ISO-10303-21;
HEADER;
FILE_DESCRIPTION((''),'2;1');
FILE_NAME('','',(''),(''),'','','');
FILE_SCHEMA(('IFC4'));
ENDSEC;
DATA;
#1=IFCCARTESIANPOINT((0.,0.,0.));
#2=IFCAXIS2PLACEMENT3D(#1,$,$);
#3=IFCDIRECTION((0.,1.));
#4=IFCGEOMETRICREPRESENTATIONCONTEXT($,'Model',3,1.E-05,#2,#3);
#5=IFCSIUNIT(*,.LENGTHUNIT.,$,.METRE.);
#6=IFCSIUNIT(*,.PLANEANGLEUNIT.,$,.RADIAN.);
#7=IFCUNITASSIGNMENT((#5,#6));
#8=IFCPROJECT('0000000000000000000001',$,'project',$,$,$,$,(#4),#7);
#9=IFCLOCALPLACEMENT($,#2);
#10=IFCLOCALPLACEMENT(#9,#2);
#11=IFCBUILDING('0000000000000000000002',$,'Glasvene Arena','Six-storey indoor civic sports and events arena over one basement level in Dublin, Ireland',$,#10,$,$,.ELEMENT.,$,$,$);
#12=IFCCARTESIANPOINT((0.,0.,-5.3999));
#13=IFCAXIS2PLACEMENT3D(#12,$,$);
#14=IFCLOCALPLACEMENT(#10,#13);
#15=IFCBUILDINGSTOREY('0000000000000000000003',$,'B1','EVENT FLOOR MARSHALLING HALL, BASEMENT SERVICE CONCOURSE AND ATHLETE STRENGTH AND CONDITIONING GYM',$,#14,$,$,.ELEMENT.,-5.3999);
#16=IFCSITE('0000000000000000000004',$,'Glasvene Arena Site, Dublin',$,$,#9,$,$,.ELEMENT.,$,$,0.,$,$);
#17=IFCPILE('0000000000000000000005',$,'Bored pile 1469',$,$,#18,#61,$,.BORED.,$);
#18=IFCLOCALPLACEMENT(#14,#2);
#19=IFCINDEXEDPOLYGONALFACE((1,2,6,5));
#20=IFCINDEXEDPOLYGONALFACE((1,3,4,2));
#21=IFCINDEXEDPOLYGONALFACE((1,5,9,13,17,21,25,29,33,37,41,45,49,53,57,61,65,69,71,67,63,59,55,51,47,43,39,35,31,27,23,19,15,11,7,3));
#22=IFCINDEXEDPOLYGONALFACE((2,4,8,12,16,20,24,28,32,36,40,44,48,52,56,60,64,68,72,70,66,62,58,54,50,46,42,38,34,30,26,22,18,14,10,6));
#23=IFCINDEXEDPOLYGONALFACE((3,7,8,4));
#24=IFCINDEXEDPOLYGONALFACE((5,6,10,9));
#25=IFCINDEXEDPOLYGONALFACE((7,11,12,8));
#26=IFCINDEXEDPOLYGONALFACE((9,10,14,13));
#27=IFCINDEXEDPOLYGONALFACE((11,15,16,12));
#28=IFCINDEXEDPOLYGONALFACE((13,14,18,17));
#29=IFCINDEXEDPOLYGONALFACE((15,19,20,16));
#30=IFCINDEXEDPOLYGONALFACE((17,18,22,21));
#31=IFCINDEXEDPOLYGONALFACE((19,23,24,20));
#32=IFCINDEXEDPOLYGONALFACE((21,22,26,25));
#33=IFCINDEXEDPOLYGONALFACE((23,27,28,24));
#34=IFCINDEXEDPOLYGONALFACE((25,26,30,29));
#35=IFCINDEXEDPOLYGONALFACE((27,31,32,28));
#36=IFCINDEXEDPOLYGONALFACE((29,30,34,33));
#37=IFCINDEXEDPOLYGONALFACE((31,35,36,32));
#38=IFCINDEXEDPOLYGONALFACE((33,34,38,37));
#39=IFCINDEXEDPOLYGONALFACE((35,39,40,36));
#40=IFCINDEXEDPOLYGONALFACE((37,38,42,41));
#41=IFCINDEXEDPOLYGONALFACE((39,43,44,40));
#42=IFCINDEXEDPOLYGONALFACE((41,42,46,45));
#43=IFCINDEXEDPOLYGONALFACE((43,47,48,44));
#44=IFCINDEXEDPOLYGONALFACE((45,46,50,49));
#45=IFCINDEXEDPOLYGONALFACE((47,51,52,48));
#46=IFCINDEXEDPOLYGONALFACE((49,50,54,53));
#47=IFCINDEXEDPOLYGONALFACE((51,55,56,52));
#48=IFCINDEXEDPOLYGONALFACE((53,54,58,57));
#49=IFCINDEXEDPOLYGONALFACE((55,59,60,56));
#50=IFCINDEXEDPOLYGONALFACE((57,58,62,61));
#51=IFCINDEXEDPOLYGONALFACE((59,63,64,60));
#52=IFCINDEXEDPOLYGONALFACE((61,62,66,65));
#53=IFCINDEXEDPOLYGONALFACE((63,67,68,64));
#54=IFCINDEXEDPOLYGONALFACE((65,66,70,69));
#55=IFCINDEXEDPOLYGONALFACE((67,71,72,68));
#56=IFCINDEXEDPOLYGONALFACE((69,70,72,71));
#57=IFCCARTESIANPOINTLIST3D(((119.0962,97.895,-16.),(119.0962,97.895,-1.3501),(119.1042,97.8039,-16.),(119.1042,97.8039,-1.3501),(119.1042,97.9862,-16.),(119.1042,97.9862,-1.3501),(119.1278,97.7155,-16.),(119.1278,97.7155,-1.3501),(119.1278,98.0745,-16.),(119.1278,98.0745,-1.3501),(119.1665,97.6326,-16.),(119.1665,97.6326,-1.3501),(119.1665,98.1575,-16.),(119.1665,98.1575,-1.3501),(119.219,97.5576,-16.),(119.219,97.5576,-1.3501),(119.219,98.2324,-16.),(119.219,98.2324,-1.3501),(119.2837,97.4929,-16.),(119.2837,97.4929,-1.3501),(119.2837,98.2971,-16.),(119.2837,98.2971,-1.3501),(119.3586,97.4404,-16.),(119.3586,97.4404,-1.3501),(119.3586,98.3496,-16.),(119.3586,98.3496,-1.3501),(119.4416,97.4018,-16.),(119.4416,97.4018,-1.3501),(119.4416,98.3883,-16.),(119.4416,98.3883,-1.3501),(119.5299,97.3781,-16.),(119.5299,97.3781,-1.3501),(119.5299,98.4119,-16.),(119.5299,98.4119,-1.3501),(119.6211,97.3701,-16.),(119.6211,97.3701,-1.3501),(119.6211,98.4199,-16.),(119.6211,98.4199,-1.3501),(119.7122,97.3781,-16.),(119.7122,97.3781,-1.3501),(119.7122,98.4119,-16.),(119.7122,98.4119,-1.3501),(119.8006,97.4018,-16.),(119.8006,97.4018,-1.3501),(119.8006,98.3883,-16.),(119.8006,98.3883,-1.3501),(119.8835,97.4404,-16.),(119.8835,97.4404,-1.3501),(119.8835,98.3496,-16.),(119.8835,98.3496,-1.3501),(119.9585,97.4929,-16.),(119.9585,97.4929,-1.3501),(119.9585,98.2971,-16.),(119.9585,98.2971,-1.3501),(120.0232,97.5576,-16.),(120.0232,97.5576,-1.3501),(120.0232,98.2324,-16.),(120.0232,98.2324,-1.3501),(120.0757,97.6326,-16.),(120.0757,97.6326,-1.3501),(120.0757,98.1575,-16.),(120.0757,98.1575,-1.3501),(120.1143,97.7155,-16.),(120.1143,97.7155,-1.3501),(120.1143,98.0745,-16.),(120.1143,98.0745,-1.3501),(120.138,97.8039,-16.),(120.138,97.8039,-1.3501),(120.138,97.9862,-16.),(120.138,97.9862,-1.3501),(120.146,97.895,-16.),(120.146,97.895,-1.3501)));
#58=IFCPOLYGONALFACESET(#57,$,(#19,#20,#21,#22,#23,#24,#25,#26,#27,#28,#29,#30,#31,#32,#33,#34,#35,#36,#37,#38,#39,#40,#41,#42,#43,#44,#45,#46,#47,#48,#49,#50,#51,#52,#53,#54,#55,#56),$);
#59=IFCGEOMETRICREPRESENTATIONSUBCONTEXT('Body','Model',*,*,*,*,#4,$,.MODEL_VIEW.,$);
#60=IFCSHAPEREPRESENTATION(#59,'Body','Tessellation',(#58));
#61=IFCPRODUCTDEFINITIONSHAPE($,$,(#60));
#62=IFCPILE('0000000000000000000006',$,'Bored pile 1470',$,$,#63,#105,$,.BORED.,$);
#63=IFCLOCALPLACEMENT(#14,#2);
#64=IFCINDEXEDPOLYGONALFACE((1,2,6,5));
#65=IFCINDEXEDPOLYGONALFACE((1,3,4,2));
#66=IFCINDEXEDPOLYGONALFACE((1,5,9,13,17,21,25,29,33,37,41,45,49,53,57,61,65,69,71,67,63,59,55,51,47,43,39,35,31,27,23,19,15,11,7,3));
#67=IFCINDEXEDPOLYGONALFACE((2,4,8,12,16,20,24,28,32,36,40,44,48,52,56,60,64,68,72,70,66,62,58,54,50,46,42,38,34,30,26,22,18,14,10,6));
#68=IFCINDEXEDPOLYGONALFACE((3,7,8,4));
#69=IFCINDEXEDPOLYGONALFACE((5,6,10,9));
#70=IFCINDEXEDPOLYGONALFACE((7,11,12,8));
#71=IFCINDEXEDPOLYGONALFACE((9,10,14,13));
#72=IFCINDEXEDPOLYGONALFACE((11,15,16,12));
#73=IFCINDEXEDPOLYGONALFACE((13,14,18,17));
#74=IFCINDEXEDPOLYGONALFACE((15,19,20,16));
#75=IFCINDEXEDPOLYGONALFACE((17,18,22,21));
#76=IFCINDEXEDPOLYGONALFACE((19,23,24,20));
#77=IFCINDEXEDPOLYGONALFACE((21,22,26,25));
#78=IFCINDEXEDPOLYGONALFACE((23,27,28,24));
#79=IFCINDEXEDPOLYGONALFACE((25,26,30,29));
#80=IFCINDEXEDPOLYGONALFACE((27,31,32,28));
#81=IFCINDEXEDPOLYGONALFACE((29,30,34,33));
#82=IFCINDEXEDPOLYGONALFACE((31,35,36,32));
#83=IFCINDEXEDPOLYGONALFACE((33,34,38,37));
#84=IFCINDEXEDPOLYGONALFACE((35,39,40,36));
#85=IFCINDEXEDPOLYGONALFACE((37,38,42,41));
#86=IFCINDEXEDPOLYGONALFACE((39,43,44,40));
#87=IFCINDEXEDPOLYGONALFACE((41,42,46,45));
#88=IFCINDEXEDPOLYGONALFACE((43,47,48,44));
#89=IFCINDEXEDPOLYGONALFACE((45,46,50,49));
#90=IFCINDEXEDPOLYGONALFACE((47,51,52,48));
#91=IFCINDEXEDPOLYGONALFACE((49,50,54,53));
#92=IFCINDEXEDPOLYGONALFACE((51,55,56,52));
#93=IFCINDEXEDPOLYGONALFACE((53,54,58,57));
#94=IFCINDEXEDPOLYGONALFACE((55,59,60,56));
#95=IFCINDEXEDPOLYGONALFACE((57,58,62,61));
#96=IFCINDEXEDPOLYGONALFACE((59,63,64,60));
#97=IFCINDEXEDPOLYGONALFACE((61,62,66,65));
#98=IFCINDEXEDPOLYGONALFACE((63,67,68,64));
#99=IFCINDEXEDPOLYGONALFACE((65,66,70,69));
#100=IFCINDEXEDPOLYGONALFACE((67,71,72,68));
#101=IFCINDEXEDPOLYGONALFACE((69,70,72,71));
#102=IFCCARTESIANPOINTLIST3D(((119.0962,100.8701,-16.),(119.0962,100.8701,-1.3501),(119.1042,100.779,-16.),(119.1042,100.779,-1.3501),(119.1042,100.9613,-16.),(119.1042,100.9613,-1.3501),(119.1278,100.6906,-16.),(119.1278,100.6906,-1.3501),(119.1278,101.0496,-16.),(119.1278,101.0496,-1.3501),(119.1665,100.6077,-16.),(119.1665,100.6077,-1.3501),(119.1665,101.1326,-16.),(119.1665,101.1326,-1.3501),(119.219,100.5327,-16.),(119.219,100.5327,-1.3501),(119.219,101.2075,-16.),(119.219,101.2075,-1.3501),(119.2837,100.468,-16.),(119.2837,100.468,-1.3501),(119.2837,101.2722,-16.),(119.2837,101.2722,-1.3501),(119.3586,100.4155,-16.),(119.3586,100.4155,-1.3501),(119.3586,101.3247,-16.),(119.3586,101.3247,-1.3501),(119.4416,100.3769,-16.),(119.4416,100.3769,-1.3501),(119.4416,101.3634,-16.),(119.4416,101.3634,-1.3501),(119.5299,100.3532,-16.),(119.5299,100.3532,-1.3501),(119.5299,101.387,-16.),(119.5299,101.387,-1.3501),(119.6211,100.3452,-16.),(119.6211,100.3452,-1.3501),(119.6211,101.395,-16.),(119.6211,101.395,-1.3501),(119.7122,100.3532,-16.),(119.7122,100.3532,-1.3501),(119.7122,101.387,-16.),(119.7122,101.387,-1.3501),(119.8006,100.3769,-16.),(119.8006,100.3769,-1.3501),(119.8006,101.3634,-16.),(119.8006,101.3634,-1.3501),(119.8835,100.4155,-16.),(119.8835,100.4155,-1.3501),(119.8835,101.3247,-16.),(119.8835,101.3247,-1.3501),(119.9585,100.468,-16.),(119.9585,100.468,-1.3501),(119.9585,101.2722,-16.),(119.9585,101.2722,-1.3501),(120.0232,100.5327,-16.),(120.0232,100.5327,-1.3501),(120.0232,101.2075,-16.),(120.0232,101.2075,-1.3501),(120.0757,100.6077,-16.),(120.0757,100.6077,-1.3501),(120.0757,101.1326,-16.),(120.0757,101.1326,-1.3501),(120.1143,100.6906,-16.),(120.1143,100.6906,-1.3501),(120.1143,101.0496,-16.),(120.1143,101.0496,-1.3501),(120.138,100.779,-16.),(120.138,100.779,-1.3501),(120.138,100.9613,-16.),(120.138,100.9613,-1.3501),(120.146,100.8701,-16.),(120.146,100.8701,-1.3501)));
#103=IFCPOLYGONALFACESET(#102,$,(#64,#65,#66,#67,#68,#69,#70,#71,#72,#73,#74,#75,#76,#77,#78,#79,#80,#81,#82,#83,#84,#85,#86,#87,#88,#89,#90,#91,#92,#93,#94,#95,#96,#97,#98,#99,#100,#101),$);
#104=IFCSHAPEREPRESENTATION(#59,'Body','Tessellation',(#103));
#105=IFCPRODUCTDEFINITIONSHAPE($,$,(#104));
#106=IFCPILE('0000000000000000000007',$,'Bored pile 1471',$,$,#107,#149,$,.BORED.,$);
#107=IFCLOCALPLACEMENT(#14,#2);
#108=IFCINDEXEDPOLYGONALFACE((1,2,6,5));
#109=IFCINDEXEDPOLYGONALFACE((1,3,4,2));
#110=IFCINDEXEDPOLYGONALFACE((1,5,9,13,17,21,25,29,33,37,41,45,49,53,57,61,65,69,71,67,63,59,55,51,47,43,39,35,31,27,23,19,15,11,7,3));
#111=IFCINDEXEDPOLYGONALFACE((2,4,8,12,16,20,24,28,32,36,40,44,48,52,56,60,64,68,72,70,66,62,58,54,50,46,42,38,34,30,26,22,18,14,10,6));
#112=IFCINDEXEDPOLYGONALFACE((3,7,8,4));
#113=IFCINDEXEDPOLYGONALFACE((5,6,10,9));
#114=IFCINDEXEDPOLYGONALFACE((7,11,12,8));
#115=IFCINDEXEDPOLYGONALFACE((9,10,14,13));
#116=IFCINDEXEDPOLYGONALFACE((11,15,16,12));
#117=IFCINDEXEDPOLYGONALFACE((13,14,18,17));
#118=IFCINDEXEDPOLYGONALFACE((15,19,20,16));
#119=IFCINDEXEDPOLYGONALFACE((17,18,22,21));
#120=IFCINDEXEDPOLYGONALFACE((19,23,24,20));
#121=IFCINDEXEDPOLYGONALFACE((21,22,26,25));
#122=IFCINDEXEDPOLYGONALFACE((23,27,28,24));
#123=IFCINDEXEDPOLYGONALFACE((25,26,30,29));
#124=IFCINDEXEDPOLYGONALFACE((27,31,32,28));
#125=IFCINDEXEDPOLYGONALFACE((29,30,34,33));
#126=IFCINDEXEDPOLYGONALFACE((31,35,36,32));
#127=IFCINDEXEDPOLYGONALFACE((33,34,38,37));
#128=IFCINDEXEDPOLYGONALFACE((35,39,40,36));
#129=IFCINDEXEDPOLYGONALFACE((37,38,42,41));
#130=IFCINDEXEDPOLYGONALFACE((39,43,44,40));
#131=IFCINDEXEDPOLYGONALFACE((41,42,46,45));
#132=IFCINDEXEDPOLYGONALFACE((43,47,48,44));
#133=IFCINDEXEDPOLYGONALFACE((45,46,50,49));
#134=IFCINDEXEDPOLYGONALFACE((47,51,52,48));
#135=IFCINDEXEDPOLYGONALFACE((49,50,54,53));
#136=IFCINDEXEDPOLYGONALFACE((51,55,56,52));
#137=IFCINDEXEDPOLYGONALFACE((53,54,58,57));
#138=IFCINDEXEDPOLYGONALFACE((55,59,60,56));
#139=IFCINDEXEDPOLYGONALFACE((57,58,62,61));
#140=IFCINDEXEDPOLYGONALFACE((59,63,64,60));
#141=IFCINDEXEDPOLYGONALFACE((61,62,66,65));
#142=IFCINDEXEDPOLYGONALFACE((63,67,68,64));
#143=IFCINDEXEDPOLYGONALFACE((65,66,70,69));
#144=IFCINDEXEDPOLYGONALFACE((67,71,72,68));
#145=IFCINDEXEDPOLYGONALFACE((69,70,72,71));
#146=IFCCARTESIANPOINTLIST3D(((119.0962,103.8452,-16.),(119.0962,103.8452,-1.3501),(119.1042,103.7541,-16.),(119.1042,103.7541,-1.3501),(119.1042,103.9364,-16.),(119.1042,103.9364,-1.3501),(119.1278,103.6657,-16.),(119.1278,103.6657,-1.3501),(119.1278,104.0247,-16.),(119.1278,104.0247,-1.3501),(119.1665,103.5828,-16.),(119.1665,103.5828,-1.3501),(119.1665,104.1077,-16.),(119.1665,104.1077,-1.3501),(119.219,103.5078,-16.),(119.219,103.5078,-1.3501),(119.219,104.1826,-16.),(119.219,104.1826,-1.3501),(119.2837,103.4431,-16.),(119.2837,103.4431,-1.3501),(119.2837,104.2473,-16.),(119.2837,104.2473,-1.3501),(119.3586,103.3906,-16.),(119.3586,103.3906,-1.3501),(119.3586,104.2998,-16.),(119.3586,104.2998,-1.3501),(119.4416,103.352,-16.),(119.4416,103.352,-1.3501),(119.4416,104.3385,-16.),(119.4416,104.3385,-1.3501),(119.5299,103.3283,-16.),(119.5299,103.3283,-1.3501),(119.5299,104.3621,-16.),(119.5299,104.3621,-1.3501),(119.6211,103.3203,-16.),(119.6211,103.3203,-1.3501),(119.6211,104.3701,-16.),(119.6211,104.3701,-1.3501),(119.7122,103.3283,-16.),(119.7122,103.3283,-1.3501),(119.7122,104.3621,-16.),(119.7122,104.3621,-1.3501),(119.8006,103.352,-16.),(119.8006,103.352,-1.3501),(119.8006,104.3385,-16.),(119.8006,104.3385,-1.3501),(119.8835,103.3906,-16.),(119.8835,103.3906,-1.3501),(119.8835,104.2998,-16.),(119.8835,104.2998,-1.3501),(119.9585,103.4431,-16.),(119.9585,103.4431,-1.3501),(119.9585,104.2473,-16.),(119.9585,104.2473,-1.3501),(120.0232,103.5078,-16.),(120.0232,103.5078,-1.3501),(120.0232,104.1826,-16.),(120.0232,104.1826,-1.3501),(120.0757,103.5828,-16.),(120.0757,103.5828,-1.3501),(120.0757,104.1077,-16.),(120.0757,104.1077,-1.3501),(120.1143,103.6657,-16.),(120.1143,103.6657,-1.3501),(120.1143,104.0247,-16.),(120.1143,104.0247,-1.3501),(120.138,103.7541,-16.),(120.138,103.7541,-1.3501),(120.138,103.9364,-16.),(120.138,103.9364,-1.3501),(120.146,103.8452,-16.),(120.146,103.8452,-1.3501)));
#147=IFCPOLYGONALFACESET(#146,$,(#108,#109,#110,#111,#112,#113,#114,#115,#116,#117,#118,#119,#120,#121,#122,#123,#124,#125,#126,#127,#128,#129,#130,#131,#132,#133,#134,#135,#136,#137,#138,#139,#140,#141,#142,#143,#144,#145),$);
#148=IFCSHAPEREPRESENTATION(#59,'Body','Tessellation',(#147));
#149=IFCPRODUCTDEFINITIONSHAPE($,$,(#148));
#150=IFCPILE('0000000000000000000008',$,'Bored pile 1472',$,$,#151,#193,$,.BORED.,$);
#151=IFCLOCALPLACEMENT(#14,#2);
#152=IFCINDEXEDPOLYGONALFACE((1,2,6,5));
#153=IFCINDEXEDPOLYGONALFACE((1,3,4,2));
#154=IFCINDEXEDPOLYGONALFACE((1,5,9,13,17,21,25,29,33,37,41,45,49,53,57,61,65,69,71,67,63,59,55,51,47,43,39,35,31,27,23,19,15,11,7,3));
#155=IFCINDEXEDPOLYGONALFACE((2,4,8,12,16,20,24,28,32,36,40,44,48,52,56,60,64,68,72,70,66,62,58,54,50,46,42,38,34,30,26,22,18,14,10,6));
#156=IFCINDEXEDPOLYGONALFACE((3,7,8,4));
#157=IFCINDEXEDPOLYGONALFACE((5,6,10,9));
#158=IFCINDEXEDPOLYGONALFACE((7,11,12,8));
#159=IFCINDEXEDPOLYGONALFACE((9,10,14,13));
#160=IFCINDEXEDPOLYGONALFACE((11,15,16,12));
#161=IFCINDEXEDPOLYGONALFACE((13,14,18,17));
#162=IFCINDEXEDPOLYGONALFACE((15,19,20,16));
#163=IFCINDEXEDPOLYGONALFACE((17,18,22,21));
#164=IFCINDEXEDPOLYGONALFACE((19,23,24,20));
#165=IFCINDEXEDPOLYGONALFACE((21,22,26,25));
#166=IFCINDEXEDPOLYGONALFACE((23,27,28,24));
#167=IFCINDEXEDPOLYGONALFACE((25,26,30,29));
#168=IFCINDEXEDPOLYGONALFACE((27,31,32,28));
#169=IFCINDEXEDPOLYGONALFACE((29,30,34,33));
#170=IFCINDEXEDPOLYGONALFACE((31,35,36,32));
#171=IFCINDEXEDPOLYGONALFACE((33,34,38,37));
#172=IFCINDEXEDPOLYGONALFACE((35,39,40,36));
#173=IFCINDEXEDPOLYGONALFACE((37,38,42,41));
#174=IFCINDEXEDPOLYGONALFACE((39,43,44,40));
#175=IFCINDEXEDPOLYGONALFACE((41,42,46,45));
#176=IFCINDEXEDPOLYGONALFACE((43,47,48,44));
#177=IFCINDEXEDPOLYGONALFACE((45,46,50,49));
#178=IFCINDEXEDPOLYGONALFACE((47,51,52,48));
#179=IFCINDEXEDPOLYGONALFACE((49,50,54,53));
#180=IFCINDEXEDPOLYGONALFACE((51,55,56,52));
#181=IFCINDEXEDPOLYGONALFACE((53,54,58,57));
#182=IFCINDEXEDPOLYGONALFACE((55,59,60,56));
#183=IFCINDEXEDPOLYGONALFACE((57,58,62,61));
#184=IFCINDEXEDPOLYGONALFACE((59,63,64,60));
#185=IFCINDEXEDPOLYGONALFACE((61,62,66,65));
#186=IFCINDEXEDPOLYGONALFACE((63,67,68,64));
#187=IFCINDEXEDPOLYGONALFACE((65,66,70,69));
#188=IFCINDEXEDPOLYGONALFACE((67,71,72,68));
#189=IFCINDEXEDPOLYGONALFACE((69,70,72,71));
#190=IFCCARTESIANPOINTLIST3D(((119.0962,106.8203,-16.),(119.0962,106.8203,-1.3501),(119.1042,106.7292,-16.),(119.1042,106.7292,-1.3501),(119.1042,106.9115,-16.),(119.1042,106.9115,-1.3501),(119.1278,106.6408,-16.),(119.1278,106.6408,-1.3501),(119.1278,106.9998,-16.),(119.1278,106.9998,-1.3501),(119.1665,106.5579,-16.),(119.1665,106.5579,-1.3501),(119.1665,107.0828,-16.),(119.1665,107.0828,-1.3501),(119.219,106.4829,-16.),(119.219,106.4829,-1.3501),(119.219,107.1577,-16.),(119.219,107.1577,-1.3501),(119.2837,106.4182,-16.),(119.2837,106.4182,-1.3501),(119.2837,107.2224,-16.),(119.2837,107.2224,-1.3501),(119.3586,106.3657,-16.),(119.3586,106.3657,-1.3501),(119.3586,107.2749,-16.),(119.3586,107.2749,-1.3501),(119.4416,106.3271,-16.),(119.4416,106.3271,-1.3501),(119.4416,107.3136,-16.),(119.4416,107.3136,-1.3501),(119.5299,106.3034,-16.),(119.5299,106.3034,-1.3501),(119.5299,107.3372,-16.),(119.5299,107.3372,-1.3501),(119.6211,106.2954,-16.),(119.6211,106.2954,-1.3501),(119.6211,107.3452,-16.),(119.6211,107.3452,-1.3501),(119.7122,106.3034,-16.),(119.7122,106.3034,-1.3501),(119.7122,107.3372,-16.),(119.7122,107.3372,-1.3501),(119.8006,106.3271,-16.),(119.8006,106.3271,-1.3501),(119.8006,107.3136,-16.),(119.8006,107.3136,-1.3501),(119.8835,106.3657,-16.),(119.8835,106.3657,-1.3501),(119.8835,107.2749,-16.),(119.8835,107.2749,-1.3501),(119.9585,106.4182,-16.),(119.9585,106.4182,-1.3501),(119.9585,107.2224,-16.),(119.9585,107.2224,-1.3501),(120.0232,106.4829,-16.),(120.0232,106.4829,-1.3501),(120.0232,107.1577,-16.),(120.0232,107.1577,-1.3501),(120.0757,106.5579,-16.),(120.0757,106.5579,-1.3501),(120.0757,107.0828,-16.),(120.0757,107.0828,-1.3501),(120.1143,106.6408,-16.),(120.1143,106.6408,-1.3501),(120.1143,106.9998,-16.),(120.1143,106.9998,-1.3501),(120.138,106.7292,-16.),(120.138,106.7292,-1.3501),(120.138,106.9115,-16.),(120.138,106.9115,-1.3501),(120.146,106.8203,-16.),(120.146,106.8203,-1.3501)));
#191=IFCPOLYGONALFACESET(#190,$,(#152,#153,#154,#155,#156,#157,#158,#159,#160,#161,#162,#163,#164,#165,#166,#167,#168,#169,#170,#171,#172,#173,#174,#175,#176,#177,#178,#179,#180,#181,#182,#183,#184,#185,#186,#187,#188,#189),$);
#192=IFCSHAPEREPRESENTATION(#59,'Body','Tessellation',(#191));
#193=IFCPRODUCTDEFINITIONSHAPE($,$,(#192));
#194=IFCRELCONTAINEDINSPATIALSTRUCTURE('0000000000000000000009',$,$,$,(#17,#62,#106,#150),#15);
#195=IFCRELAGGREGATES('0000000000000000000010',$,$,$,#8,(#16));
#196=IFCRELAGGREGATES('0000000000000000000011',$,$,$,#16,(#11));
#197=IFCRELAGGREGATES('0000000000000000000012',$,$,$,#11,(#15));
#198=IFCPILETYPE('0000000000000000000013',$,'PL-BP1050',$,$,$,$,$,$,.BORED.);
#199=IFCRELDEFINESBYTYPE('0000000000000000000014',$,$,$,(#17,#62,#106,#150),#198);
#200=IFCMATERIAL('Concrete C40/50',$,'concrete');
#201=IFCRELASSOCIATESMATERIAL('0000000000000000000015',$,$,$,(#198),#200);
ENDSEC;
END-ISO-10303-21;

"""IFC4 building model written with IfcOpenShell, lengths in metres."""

from ifc_helpers import new_model, si_unit, direction, frame, origin, origin_2d, place, context, subcontext, project, spatial, circle, extrude, material, material_profile, profile_set, type_object, element, save


model = new_model("IFC4")

# Units and contexts
model_context = context("Model", 3, precision=1e-05, world=origin(), true_north=direction((0.0, 1.0)))
body_context = subcontext(model_context, "Body", "Model", "MODEL_VIEW")
ifc_project = project(units=[si_unit("LENGTHUNIT", "METRE"), si_unit("PLANEANGLEUNIT", "RADIAN")], contexts=[model_context])

# Site, building, storey
site_placement = place(None, origin())
site = spatial("IfcSite", under=ifc_project, at=site_placement, Name="Glasvene Arena Site, Dublin", CompositionType="ELEMENT", RefElevation=0.0)
building_placement = place(site_placement, origin())
building = spatial("IfcBuilding", under=site, at=building_placement, Name="Glasvene Arena", Description="Six-storey indoor civic sports and events arena over one basement level in Dublin, Ireland", CompositionType="ELEMENT")
storey_placement = place(building_placement, frame((0.0, 0.0, -5.3999)))
storey = spatial("IfcBuildingStorey", under=building, at=storey_placement, Name="B1", Description="EVENT FLOOR MARSHALLING HALL, BASEMENT SERVICE CONCOURSE AND ATHLETE STRENGTH AND CONDITIONING GYM", CompositionType="ELEMENT", Elevation=-5.3999)

# Shared definitions
ifc_material_1 = material(Name="Concrete C40/50", Category="concrete")

# Piles
ifc_material_profile_1 = material_profile(ifc_material_1, circle(Radius=0.5249, at=origin_2d()), Name="BORED PILE 1050")
ifc_profile_set_1 = profile_set([ifc_material_profile_1], Name="Concrete C40/50")
pile_type = type_object("IfcPileType", Name="PL-BP1050", PredefinedType="BORED", material=ifc_profile_set_1)
for number, where, z_axis, x_axis, name in (
    (1, (119.6211, 97.895, -1.3501), (0.0, 0.0, -1.0), (1.0, 0.0, 0.0), "Bored pile 1469"),
    (2, (119.6211, 100.8701, -1.3501), (0.0, 0.0, -1.0), (1.0, 0.0, 0.0), "Bored pile 1470"),
    (3, (119.6211, 103.8452, -1.3501), (0.0, 0.0, -1.0), (1.0, 0.0, 0.0), "Bored pile 1471"),
    (4, (119.6211, 106.8203, -1.3501), (0.0, 0.0, -1.0), (1.0, 0.0, 0.0), "Bored pile 1472"),
):
    element("IfcPile", number, at=place(storey_placement, frame(where, z_axis=z_axis, x_axis=x_axis)), inside=storey, type_object=pile_type, Name=name, PredefinedType="BORED", context=body_context, shape_type="SweptSolid", body=[
        extrude(circle(Radius=0.5249, at=origin_2d()), origin(), (0.0, 0.0, 1.0), 14.6499),
    ])

save(model, "model.ifc")
